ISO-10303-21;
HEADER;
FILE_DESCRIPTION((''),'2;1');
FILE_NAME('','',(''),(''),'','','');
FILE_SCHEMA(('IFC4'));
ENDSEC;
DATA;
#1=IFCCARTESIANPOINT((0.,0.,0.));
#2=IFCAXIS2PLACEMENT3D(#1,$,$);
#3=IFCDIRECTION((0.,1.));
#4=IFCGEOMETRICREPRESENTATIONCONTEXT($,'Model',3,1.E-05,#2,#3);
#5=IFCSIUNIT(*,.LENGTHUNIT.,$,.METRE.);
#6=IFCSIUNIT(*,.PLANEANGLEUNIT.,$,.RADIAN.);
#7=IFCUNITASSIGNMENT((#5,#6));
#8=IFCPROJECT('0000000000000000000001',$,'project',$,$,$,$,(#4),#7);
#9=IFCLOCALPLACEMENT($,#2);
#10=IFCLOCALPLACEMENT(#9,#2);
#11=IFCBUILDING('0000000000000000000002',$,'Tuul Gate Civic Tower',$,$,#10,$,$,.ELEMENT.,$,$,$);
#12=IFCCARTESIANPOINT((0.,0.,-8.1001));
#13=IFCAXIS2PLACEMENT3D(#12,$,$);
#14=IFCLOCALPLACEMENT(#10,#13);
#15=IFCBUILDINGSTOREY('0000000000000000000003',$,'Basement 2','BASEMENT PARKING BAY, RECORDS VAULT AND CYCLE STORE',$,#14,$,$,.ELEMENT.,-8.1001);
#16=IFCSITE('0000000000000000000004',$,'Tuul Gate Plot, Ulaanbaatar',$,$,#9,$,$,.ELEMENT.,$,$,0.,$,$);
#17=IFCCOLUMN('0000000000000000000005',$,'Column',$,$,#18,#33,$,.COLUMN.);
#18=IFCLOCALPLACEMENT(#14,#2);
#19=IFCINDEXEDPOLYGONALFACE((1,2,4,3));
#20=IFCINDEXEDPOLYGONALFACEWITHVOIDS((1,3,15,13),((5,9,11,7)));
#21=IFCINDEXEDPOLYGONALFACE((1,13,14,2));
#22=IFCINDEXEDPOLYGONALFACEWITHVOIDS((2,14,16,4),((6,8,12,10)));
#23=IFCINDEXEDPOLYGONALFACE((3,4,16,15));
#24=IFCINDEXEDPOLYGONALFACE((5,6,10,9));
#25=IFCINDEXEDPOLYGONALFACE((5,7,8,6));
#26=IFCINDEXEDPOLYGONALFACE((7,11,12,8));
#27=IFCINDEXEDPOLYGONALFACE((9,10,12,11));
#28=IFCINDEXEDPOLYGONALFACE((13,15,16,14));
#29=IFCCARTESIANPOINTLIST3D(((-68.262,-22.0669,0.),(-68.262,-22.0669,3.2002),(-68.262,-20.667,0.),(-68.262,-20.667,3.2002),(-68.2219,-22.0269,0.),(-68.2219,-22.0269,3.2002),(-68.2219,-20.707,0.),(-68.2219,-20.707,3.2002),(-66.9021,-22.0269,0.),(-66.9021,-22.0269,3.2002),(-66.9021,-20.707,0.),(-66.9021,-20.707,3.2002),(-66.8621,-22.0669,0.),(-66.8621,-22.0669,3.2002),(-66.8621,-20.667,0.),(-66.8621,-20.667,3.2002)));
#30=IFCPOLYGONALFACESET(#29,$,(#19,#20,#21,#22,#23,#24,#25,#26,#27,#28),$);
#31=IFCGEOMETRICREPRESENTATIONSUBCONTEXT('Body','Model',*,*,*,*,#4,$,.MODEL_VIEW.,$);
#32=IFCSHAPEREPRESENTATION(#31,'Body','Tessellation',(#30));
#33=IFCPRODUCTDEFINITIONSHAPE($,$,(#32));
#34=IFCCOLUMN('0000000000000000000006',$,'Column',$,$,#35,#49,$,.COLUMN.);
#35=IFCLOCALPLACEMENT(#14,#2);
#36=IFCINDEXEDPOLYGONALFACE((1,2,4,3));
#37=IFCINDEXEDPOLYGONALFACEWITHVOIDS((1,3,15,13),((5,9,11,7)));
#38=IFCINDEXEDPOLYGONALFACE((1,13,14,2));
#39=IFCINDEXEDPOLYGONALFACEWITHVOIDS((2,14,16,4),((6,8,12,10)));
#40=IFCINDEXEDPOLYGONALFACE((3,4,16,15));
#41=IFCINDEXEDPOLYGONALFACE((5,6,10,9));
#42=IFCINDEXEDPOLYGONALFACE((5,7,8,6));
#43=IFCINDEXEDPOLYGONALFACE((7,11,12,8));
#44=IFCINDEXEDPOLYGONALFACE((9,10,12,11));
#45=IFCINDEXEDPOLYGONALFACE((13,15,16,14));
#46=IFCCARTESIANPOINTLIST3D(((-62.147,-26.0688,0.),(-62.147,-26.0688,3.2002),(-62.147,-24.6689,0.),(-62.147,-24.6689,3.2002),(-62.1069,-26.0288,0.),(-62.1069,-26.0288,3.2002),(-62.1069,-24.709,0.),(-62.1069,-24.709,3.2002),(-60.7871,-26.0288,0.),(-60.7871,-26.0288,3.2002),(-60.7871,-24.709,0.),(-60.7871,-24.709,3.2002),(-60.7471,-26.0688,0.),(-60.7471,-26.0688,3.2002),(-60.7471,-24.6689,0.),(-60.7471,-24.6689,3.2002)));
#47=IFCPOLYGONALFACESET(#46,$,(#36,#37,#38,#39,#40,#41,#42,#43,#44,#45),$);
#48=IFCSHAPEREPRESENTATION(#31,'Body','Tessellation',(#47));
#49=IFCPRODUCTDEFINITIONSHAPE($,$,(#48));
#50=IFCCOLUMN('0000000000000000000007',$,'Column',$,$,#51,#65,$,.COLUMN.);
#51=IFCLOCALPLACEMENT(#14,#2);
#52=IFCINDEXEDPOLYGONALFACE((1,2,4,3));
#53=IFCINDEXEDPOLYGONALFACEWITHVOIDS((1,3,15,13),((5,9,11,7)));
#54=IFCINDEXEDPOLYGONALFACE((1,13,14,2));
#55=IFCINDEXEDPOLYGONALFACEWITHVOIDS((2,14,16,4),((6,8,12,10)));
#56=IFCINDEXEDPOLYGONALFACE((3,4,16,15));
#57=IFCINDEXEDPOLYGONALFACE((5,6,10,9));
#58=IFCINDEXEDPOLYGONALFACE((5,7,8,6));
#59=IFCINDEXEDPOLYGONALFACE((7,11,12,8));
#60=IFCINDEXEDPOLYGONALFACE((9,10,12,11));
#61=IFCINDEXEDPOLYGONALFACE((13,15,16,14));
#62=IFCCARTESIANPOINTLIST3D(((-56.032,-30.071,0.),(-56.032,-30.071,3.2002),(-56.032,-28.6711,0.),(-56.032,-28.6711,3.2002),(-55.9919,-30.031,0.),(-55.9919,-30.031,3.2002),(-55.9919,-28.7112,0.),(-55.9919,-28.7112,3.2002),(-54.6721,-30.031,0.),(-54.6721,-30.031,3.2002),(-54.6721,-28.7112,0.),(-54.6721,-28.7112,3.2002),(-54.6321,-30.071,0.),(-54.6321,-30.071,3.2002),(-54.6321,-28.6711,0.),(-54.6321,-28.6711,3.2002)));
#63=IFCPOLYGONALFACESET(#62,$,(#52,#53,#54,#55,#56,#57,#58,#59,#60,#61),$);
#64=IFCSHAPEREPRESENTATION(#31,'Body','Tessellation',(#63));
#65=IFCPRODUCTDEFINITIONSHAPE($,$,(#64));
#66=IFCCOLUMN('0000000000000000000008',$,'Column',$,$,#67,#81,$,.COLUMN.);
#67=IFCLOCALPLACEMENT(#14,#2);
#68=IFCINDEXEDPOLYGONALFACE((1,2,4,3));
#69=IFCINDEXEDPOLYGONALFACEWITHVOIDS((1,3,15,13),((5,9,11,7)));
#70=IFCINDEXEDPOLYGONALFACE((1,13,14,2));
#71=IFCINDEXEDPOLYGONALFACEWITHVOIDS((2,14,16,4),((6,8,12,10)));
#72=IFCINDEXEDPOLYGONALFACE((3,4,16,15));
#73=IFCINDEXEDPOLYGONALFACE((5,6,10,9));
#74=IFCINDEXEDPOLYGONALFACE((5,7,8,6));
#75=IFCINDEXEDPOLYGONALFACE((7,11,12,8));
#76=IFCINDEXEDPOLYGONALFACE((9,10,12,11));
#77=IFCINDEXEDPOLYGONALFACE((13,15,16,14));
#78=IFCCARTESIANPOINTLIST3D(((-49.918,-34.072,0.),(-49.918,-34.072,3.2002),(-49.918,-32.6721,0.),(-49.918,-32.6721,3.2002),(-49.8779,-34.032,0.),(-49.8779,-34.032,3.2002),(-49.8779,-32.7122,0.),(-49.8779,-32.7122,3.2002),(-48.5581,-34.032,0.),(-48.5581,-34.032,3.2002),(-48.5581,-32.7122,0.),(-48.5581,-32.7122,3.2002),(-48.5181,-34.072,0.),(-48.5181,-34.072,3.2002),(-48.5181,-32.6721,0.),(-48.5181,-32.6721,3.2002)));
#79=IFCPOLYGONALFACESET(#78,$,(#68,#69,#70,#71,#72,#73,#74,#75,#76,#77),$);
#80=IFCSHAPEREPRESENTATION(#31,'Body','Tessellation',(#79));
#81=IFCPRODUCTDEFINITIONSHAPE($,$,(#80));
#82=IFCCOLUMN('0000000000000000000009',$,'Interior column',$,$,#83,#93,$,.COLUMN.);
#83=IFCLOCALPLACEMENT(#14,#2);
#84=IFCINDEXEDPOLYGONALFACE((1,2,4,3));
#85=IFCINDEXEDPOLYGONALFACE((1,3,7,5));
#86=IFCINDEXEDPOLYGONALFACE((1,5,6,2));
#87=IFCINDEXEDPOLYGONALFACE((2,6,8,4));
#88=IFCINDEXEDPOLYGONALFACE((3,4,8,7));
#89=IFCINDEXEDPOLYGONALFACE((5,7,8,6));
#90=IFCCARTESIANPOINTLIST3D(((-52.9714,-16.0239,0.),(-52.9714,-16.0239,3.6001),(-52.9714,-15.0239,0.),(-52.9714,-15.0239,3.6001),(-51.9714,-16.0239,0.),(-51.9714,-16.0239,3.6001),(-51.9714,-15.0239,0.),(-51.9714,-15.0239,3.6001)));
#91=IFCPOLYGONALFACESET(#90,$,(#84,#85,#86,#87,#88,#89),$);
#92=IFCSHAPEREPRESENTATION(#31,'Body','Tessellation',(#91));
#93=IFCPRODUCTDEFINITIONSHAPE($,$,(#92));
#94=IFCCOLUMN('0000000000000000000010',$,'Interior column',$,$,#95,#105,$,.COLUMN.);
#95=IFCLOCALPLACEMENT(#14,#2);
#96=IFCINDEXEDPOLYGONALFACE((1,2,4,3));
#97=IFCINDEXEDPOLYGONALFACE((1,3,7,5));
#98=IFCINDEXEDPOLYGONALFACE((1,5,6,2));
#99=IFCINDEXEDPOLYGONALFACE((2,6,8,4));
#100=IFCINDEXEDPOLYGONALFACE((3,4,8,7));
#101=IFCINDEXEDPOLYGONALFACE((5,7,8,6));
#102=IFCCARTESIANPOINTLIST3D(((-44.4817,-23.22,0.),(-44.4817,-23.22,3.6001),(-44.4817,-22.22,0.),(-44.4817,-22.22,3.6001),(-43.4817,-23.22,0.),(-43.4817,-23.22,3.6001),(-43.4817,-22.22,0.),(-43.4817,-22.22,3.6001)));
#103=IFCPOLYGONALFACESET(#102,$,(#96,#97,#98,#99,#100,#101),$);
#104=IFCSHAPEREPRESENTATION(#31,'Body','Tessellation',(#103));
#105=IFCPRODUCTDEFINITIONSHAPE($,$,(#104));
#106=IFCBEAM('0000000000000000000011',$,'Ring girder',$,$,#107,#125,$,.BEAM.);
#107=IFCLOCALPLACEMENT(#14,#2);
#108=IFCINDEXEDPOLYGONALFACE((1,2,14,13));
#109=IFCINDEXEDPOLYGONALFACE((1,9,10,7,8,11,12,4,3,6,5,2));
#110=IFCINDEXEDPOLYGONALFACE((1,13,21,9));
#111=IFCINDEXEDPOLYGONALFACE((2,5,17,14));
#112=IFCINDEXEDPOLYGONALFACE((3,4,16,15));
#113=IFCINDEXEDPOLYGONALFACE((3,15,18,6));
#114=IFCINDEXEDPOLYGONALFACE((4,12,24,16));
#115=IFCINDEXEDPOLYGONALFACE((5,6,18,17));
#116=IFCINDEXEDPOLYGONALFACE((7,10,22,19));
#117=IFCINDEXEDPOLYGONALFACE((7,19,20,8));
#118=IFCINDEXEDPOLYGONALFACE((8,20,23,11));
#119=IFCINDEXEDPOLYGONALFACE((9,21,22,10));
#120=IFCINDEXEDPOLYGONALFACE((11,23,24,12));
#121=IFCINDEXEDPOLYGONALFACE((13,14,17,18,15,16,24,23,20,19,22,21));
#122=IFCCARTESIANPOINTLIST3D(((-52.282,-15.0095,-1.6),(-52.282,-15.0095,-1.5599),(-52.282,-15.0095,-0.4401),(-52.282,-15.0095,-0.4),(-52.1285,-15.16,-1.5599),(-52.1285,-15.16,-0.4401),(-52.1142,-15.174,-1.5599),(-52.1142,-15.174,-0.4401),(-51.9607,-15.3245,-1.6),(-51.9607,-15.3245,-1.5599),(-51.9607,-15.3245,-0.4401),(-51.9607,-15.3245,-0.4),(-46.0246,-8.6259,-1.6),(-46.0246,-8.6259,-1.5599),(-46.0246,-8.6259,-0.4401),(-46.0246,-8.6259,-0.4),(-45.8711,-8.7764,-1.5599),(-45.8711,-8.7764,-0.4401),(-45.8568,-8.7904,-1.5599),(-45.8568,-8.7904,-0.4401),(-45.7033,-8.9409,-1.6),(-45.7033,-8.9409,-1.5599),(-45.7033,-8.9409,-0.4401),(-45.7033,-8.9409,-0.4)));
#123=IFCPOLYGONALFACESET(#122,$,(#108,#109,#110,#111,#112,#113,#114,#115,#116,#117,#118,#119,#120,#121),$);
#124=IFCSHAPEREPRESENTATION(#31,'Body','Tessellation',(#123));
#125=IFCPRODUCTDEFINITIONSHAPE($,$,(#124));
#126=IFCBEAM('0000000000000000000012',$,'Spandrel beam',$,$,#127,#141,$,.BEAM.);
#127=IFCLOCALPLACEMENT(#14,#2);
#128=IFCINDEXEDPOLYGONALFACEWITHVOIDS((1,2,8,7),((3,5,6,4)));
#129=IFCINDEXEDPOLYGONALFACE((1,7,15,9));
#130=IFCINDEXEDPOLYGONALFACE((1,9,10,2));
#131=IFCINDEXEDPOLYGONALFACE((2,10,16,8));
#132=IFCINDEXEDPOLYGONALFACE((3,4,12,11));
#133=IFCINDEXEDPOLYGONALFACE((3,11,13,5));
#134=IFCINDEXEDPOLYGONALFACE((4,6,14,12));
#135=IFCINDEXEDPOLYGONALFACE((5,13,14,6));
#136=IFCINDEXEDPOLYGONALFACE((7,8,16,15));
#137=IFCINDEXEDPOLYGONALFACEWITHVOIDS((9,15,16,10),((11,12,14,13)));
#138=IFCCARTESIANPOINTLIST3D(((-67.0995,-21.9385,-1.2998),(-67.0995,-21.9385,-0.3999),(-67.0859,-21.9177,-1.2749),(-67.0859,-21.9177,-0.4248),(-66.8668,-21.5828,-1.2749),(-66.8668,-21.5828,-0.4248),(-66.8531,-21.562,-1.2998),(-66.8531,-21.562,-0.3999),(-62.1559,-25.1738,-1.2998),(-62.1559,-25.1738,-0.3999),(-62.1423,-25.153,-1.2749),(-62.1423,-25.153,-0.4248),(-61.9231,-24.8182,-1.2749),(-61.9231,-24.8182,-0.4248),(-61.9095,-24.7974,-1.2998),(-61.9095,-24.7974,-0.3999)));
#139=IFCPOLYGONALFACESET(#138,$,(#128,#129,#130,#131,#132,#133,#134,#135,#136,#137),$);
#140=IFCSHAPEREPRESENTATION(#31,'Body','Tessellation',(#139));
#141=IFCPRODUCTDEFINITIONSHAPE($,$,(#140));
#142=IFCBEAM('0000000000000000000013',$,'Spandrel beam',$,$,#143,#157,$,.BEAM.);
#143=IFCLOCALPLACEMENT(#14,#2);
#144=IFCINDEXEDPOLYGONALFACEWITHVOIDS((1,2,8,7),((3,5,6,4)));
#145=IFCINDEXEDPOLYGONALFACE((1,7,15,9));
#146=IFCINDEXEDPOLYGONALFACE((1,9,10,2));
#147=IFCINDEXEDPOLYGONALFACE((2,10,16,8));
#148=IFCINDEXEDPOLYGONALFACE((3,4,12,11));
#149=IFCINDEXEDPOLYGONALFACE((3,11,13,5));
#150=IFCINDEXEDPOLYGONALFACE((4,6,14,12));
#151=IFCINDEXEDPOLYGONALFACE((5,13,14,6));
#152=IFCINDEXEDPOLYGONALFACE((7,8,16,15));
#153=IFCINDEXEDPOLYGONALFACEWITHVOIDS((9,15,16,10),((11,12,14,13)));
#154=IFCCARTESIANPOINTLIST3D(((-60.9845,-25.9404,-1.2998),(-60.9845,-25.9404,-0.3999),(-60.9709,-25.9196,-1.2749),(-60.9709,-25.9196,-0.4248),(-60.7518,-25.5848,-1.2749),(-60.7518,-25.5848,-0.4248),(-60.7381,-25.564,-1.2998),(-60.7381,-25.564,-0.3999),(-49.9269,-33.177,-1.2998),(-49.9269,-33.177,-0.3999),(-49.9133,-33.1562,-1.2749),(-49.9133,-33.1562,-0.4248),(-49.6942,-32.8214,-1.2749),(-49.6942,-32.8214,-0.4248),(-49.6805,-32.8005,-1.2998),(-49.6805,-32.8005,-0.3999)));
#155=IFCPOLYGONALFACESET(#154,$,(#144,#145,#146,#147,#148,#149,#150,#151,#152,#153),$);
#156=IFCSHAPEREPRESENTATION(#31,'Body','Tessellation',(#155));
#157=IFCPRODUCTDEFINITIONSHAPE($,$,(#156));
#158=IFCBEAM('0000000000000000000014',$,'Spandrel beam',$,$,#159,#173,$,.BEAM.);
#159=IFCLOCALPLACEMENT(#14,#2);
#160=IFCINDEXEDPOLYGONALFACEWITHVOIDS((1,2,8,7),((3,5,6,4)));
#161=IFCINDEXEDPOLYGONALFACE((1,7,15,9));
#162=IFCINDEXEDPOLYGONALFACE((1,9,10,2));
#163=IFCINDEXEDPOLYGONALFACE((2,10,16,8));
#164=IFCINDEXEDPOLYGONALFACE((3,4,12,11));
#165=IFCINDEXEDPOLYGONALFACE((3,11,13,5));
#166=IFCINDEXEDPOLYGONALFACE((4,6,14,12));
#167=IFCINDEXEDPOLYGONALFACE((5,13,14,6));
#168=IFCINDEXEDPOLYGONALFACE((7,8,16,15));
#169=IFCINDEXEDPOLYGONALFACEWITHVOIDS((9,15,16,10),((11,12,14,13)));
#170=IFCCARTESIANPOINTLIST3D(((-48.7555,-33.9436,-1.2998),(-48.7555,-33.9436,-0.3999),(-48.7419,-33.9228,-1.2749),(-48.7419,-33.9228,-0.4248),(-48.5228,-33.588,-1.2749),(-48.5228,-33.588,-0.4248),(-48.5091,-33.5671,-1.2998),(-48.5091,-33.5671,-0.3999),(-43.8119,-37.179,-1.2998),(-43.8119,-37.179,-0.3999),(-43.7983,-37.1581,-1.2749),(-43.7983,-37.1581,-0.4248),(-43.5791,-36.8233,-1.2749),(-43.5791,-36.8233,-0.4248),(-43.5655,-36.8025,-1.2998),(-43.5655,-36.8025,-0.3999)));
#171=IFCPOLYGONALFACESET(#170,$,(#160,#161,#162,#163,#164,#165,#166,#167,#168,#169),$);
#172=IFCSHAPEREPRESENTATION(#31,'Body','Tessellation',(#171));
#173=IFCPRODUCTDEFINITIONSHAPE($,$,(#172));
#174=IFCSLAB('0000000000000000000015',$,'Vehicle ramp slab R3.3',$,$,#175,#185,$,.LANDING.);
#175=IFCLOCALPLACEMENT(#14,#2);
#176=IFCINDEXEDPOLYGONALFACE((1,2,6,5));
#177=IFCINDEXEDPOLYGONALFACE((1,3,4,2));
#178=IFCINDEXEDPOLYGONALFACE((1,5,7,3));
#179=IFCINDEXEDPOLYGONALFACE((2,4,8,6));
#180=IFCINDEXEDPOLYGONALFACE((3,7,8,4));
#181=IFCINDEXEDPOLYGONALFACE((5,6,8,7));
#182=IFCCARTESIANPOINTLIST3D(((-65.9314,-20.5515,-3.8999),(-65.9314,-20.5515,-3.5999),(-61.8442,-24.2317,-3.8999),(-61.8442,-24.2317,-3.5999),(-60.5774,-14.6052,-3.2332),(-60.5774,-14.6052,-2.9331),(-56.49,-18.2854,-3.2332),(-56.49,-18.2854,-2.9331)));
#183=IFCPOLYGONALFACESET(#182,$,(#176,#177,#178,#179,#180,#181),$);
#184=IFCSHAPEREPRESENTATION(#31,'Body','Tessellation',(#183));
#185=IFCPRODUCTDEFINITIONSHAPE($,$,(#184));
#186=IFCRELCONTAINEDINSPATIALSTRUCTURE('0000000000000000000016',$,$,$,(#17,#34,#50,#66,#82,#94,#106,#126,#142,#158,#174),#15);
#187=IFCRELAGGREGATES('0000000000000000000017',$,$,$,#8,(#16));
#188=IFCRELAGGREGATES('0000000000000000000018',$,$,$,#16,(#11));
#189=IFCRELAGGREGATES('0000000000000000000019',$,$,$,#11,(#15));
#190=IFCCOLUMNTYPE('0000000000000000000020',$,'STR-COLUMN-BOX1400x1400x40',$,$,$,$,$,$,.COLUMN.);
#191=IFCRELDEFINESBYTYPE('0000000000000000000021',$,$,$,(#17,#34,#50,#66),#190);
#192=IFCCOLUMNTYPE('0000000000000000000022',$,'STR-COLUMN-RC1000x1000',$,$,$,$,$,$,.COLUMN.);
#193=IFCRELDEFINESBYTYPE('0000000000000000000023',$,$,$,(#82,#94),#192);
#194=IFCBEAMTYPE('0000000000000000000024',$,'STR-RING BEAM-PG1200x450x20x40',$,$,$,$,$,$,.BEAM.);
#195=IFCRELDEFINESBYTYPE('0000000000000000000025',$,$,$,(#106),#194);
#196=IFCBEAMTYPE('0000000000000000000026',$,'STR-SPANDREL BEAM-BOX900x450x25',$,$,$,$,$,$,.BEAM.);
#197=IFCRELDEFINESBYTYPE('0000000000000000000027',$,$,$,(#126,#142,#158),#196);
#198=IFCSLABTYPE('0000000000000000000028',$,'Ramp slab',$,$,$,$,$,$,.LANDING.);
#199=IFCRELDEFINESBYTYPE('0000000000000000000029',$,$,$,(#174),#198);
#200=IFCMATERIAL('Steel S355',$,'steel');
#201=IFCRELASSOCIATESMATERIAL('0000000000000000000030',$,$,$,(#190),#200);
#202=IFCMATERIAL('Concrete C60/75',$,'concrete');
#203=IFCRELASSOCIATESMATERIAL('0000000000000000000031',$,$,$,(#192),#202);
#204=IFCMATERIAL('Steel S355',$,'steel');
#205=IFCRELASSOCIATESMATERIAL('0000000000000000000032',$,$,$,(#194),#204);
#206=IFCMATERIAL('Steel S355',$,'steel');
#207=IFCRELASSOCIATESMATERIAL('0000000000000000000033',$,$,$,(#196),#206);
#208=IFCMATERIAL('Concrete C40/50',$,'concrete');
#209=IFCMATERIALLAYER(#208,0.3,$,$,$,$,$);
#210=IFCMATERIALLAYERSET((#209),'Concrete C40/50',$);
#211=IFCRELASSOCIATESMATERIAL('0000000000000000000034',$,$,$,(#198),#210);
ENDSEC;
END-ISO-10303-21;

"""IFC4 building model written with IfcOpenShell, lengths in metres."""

from ifc_helpers import new_model, si_unit, direction, frame, origin, origin_2d, place, context, subcontext, project, spatial, polyline, rectangle, hollow_rectangle, i_section, outline, extrude, material, layer, layer_set, material_profile, profile_set, type_object, element, save


model = new_model("IFC4")

# Units and contexts
model_context = context("Model", 3, precision=1e-05, world=origin(), true_north=direction((0.0, 1.0)))
body_context = subcontext(model_context, "Body", "Model", "MODEL_VIEW")
ifc_project = project(units=[si_unit("LENGTHUNIT", "METRE"), si_unit("PLANEANGLEUNIT", "RADIAN")], contexts=[model_context])

# Site, building, storey
site_placement = place(None, origin())
site = spatial("IfcSite", under=ifc_project, at=site_placement, Name="Tuul Gate Plot, Ulaanbaatar", CompositionType="ELEMENT", RefElevation=0.0)
building_placement = place(site_placement, origin())
building = spatial("IfcBuilding", under=site, at=building_placement, Name="Tuul Gate Civic Tower", CompositionType="ELEMENT")
storey_placement = place(building_placement, frame((0.0, 0.0, -8.1001)))
storey = spatial("IfcBuildingStorey", under=building, at=storey_placement, Name="Basement 2", Description="BASEMENT PARKING BAY, RECORDS VAULT AND CYCLE STORE", CompositionType="ELEMENT", Elevation=-8.1001)

# Columns
ifc_material_1 = material(Name="Steel S355", Category="steel")
ifc_material_profile_1 = material_profile(ifc_material_1, hollow_rectangle(XDim=1.3999, YDim=1.3999, WallThickness=0.04, at=origin_2d()), Name="BOX1400x1400x40")
ifc_profile_set_1 = profile_set([ifc_material_profile_1], Name="Steel S355")
column_type_1 = type_object("IfcColumnType", Name="STR-COLUMN-BOX1400x1400x40", PredefinedType="COLUMN", material=ifc_profile_set_1)
for number, where, z_axis, x_axis, name in (
    (1, (-67.562, -21.3669, 0.0), (0.0, 0.0, 1.0), (1.0, 0.0, 0.0), "Column"),
    (2, (-61.447, -25.3689, 0.0), (0.0, 0.0, 1.0), (1.0, 0.0, 0.0), "Column"),
    (3, (-55.332, -29.3711, 0.0), (0.0, 0.0, 1.0), (1.0, 0.0, 0.0), "Column"),
    (4, (-49.218, -33.3721, 0.0), (0.0, 0.0, 1.0), (1.0, 0.0, 0.0), "Column"),
):
    element("IfcColumn", number, at=place(storey_placement, frame(where, z_axis=z_axis, x_axis=x_axis)), inside=storey, type_object=column_type_1, Name=name, PredefinedType="COLUMN", context=body_context, shape_type="SweptSolid", body=[
        extrude(hollow_rectangle(XDim=1.3999, YDim=1.3999, WallThickness=0.04, at=origin_2d()), origin(), (0.0, 0.0, 1.0), 3.2002),
    ])
ifc_material_2 = material(Name="Concrete C60/75", Category="concrete")
ifc_material_profile_2 = material_profile(ifc_material_2, rectangle(XDim=1.0, YDim=1.0, at=origin_2d()), Name="RC1000x1000")
ifc_profile_set_2 = profile_set([ifc_material_profile_2], Name="Concrete C60/75")
column_type_2 = type_object("IfcColumnType", Name="STR-COLUMN-RC1000x1000", PredefinedType="COLUMN", material=ifc_profile_set_2)
for number, where, z_axis, x_axis, name in (
    (5, (-52.4714, -15.5239, 0.0), (0.0, 0.0, 1.0), (1.0, 0.0, 0.0), "Interior column"),
    (6, (-43.9817, -22.72, 0.0), (0.0, 0.0, 1.0), (1.0, 0.0, 0.0), "Interior column"),
):
    element("IfcColumn", number, at=place(storey_placement, frame(where, z_axis=z_axis, x_axis=x_axis)), inside=storey, type_object=column_type_2, Name=name, PredefinedType="COLUMN", context=body_context, shape_type="SweptSolid", body=[
        extrude(rectangle(XDim=1.0, YDim=1.0, at=origin_2d()), origin(), (0.0, 0.0, 1.0), 3.6001),
    ])

# Beams
ifc_material_3 = material(Name="Steel S355", Category="steel")
ifc_material_profile_3 = material_profile(ifc_material_3, i_section(OverallWidth=0.45, OverallDepth=1.2, WebThickness=0.02, FlangeThickness=0.04, at=origin_2d()), Name="PG1200x450x20x40")
ifc_profile_set_3 = profile_set([ifc_material_profile_3], Name="Steel S355")
beam_type_1 = type_object("IfcBeamType", Name="STR-RING BEAM-PG1200x450x20x40", PredefinedType="BEAM", material=ifc_profile_set_3)
beam_1_placement = place(storey_placement, frame((-52.1213, -15.167, -1.0), z_axis=(0.700011, 0.714132, 0.0), x_axis=(-0.714132, 0.700011, 0.0)))
element("IfcBeam", 7, at=beam_1_placement, inside=storey, type_object=beam_type_1, Name="Ring girder", PredefinedType="BEAM", context=body_context, shape_type="SweptSolid", body=[
    extrude(i_section(OverallWidth=0.45, OverallDepth=1.2, WebThickness=0.02, FlangeThickness=0.04, at=origin_2d()), origin(), (0.0, 0.0, 1.0), 8.939),
])
ifc_material_4 = material(Name="Steel S355", Category="steel")
ifc_material_profile_4 = material_profile(ifc_material_4, hollow_rectangle(XDim=0.45, YDim=0.8999, WallThickness=0.0249, at=origin_2d()), Name="BOX900x450x25")
ifc_profile_set_4 = profile_set([ifc_material_profile_4], Name="Steel S355")
beam_type_2 = type_object("IfcBeamType", Name="STR-SPANDREL BEAM-BOX900x450x25", PredefinedType="BEAM", material=ifc_profile_set_4)
beam_2_placement = place(storey_placement, frame((-66.9763, -21.7502, -0.8499), z_axis=(0.836737, -0.547604, 0.0), x_axis=(0.547604, 0.836737, 0.0)))
element("IfcBeam", 8, at=beam_2_placement, inside=storey, type_object=beam_type_2, Name="Spandrel beam", PredefinedType="BEAM", context=body_context, shape_type="SweptSolid", body=[
    extrude(hollow_rectangle(XDim=0.45, YDim=0.8999, WallThickness=0.0249, at=origin_2d()), origin(), (0.0, 0.0, 1.0), 5.9082),
])
beam_3_placement = place(storey_placement, frame((-60.8613, -25.7522, -0.8499), z_axis=(0.836741, -0.547599, 0.0), x_axis=(0.547599, 0.836741, 0.0)))
element("IfcBeam", 9, at=beam_3_placement, inside=storey, type_object=beam_type_2, Name="Spandrel beam", PredefinedType="BEAM", context=body_context, shape_type="SweptSolid", body=[
    extrude(hollow_rectangle(XDim=0.45, YDim=0.8999, WallThickness=0.0249, at=origin_2d()), origin(), (0.0, 0.0, 1.0), 13.2151),
])
beam_4_placement = place(storey_placement, frame((-48.6323, -33.7554, -0.8499), z_axis=(0.836737, -0.547604, 0.0), x_axis=(0.547604, 0.836737, 0.0)))
element("IfcBeam", 10, at=beam_4_placement, inside=storey, type_object=beam_type_2, Name="Spandrel beam", PredefinedType="BEAM", context=body_context, shape_type="SweptSolid", body=[
    extrude(hollow_rectangle(XDim=0.45, YDim=0.8999, WallThickness=0.0249, at=origin_2d()), origin(), (0.0, 0.0, 1.0), 5.9082),
])

# Slab
ifc_material_5 = material(Name="Concrete C40/50", Category="concrete")
ifc_layer_1 = layer(ifc_material_5, 0.3)
ifc_layer_set_1 = layer_set([ifc_layer_1], Name="Concrete C40/50")
slab_type = type_object("IfcSlabType", Name="Ramp slab", PredefinedType="LANDING", material=ifc_layer_set_1)
slab_placement = place(storey_placement, frame((-56.49, -18.2854, -2.9331), z_axis=(-0.055564, -0.061711, 0.996546), x_axis=(-0.666832, -0.740567, -0.083039)))
element("IfcSlab", 11, at=slab_placement, inside=storey, type_object=slab_type, Name="Vehicle ramp slab R3.3", PredefinedType="LANDING", context=body_context, shape_type="SweptSolid", body=[
    extrude(outline(polyline([(0.0, 0.0), (8.0294, 0.0), (8.0294, -5.4999), (0.0002, -5.5001), (0.0, 0.0)])), origin(), (0.083039, 0.000002, -0.996546), 0.3),
])

save(model, "model.ifc")
